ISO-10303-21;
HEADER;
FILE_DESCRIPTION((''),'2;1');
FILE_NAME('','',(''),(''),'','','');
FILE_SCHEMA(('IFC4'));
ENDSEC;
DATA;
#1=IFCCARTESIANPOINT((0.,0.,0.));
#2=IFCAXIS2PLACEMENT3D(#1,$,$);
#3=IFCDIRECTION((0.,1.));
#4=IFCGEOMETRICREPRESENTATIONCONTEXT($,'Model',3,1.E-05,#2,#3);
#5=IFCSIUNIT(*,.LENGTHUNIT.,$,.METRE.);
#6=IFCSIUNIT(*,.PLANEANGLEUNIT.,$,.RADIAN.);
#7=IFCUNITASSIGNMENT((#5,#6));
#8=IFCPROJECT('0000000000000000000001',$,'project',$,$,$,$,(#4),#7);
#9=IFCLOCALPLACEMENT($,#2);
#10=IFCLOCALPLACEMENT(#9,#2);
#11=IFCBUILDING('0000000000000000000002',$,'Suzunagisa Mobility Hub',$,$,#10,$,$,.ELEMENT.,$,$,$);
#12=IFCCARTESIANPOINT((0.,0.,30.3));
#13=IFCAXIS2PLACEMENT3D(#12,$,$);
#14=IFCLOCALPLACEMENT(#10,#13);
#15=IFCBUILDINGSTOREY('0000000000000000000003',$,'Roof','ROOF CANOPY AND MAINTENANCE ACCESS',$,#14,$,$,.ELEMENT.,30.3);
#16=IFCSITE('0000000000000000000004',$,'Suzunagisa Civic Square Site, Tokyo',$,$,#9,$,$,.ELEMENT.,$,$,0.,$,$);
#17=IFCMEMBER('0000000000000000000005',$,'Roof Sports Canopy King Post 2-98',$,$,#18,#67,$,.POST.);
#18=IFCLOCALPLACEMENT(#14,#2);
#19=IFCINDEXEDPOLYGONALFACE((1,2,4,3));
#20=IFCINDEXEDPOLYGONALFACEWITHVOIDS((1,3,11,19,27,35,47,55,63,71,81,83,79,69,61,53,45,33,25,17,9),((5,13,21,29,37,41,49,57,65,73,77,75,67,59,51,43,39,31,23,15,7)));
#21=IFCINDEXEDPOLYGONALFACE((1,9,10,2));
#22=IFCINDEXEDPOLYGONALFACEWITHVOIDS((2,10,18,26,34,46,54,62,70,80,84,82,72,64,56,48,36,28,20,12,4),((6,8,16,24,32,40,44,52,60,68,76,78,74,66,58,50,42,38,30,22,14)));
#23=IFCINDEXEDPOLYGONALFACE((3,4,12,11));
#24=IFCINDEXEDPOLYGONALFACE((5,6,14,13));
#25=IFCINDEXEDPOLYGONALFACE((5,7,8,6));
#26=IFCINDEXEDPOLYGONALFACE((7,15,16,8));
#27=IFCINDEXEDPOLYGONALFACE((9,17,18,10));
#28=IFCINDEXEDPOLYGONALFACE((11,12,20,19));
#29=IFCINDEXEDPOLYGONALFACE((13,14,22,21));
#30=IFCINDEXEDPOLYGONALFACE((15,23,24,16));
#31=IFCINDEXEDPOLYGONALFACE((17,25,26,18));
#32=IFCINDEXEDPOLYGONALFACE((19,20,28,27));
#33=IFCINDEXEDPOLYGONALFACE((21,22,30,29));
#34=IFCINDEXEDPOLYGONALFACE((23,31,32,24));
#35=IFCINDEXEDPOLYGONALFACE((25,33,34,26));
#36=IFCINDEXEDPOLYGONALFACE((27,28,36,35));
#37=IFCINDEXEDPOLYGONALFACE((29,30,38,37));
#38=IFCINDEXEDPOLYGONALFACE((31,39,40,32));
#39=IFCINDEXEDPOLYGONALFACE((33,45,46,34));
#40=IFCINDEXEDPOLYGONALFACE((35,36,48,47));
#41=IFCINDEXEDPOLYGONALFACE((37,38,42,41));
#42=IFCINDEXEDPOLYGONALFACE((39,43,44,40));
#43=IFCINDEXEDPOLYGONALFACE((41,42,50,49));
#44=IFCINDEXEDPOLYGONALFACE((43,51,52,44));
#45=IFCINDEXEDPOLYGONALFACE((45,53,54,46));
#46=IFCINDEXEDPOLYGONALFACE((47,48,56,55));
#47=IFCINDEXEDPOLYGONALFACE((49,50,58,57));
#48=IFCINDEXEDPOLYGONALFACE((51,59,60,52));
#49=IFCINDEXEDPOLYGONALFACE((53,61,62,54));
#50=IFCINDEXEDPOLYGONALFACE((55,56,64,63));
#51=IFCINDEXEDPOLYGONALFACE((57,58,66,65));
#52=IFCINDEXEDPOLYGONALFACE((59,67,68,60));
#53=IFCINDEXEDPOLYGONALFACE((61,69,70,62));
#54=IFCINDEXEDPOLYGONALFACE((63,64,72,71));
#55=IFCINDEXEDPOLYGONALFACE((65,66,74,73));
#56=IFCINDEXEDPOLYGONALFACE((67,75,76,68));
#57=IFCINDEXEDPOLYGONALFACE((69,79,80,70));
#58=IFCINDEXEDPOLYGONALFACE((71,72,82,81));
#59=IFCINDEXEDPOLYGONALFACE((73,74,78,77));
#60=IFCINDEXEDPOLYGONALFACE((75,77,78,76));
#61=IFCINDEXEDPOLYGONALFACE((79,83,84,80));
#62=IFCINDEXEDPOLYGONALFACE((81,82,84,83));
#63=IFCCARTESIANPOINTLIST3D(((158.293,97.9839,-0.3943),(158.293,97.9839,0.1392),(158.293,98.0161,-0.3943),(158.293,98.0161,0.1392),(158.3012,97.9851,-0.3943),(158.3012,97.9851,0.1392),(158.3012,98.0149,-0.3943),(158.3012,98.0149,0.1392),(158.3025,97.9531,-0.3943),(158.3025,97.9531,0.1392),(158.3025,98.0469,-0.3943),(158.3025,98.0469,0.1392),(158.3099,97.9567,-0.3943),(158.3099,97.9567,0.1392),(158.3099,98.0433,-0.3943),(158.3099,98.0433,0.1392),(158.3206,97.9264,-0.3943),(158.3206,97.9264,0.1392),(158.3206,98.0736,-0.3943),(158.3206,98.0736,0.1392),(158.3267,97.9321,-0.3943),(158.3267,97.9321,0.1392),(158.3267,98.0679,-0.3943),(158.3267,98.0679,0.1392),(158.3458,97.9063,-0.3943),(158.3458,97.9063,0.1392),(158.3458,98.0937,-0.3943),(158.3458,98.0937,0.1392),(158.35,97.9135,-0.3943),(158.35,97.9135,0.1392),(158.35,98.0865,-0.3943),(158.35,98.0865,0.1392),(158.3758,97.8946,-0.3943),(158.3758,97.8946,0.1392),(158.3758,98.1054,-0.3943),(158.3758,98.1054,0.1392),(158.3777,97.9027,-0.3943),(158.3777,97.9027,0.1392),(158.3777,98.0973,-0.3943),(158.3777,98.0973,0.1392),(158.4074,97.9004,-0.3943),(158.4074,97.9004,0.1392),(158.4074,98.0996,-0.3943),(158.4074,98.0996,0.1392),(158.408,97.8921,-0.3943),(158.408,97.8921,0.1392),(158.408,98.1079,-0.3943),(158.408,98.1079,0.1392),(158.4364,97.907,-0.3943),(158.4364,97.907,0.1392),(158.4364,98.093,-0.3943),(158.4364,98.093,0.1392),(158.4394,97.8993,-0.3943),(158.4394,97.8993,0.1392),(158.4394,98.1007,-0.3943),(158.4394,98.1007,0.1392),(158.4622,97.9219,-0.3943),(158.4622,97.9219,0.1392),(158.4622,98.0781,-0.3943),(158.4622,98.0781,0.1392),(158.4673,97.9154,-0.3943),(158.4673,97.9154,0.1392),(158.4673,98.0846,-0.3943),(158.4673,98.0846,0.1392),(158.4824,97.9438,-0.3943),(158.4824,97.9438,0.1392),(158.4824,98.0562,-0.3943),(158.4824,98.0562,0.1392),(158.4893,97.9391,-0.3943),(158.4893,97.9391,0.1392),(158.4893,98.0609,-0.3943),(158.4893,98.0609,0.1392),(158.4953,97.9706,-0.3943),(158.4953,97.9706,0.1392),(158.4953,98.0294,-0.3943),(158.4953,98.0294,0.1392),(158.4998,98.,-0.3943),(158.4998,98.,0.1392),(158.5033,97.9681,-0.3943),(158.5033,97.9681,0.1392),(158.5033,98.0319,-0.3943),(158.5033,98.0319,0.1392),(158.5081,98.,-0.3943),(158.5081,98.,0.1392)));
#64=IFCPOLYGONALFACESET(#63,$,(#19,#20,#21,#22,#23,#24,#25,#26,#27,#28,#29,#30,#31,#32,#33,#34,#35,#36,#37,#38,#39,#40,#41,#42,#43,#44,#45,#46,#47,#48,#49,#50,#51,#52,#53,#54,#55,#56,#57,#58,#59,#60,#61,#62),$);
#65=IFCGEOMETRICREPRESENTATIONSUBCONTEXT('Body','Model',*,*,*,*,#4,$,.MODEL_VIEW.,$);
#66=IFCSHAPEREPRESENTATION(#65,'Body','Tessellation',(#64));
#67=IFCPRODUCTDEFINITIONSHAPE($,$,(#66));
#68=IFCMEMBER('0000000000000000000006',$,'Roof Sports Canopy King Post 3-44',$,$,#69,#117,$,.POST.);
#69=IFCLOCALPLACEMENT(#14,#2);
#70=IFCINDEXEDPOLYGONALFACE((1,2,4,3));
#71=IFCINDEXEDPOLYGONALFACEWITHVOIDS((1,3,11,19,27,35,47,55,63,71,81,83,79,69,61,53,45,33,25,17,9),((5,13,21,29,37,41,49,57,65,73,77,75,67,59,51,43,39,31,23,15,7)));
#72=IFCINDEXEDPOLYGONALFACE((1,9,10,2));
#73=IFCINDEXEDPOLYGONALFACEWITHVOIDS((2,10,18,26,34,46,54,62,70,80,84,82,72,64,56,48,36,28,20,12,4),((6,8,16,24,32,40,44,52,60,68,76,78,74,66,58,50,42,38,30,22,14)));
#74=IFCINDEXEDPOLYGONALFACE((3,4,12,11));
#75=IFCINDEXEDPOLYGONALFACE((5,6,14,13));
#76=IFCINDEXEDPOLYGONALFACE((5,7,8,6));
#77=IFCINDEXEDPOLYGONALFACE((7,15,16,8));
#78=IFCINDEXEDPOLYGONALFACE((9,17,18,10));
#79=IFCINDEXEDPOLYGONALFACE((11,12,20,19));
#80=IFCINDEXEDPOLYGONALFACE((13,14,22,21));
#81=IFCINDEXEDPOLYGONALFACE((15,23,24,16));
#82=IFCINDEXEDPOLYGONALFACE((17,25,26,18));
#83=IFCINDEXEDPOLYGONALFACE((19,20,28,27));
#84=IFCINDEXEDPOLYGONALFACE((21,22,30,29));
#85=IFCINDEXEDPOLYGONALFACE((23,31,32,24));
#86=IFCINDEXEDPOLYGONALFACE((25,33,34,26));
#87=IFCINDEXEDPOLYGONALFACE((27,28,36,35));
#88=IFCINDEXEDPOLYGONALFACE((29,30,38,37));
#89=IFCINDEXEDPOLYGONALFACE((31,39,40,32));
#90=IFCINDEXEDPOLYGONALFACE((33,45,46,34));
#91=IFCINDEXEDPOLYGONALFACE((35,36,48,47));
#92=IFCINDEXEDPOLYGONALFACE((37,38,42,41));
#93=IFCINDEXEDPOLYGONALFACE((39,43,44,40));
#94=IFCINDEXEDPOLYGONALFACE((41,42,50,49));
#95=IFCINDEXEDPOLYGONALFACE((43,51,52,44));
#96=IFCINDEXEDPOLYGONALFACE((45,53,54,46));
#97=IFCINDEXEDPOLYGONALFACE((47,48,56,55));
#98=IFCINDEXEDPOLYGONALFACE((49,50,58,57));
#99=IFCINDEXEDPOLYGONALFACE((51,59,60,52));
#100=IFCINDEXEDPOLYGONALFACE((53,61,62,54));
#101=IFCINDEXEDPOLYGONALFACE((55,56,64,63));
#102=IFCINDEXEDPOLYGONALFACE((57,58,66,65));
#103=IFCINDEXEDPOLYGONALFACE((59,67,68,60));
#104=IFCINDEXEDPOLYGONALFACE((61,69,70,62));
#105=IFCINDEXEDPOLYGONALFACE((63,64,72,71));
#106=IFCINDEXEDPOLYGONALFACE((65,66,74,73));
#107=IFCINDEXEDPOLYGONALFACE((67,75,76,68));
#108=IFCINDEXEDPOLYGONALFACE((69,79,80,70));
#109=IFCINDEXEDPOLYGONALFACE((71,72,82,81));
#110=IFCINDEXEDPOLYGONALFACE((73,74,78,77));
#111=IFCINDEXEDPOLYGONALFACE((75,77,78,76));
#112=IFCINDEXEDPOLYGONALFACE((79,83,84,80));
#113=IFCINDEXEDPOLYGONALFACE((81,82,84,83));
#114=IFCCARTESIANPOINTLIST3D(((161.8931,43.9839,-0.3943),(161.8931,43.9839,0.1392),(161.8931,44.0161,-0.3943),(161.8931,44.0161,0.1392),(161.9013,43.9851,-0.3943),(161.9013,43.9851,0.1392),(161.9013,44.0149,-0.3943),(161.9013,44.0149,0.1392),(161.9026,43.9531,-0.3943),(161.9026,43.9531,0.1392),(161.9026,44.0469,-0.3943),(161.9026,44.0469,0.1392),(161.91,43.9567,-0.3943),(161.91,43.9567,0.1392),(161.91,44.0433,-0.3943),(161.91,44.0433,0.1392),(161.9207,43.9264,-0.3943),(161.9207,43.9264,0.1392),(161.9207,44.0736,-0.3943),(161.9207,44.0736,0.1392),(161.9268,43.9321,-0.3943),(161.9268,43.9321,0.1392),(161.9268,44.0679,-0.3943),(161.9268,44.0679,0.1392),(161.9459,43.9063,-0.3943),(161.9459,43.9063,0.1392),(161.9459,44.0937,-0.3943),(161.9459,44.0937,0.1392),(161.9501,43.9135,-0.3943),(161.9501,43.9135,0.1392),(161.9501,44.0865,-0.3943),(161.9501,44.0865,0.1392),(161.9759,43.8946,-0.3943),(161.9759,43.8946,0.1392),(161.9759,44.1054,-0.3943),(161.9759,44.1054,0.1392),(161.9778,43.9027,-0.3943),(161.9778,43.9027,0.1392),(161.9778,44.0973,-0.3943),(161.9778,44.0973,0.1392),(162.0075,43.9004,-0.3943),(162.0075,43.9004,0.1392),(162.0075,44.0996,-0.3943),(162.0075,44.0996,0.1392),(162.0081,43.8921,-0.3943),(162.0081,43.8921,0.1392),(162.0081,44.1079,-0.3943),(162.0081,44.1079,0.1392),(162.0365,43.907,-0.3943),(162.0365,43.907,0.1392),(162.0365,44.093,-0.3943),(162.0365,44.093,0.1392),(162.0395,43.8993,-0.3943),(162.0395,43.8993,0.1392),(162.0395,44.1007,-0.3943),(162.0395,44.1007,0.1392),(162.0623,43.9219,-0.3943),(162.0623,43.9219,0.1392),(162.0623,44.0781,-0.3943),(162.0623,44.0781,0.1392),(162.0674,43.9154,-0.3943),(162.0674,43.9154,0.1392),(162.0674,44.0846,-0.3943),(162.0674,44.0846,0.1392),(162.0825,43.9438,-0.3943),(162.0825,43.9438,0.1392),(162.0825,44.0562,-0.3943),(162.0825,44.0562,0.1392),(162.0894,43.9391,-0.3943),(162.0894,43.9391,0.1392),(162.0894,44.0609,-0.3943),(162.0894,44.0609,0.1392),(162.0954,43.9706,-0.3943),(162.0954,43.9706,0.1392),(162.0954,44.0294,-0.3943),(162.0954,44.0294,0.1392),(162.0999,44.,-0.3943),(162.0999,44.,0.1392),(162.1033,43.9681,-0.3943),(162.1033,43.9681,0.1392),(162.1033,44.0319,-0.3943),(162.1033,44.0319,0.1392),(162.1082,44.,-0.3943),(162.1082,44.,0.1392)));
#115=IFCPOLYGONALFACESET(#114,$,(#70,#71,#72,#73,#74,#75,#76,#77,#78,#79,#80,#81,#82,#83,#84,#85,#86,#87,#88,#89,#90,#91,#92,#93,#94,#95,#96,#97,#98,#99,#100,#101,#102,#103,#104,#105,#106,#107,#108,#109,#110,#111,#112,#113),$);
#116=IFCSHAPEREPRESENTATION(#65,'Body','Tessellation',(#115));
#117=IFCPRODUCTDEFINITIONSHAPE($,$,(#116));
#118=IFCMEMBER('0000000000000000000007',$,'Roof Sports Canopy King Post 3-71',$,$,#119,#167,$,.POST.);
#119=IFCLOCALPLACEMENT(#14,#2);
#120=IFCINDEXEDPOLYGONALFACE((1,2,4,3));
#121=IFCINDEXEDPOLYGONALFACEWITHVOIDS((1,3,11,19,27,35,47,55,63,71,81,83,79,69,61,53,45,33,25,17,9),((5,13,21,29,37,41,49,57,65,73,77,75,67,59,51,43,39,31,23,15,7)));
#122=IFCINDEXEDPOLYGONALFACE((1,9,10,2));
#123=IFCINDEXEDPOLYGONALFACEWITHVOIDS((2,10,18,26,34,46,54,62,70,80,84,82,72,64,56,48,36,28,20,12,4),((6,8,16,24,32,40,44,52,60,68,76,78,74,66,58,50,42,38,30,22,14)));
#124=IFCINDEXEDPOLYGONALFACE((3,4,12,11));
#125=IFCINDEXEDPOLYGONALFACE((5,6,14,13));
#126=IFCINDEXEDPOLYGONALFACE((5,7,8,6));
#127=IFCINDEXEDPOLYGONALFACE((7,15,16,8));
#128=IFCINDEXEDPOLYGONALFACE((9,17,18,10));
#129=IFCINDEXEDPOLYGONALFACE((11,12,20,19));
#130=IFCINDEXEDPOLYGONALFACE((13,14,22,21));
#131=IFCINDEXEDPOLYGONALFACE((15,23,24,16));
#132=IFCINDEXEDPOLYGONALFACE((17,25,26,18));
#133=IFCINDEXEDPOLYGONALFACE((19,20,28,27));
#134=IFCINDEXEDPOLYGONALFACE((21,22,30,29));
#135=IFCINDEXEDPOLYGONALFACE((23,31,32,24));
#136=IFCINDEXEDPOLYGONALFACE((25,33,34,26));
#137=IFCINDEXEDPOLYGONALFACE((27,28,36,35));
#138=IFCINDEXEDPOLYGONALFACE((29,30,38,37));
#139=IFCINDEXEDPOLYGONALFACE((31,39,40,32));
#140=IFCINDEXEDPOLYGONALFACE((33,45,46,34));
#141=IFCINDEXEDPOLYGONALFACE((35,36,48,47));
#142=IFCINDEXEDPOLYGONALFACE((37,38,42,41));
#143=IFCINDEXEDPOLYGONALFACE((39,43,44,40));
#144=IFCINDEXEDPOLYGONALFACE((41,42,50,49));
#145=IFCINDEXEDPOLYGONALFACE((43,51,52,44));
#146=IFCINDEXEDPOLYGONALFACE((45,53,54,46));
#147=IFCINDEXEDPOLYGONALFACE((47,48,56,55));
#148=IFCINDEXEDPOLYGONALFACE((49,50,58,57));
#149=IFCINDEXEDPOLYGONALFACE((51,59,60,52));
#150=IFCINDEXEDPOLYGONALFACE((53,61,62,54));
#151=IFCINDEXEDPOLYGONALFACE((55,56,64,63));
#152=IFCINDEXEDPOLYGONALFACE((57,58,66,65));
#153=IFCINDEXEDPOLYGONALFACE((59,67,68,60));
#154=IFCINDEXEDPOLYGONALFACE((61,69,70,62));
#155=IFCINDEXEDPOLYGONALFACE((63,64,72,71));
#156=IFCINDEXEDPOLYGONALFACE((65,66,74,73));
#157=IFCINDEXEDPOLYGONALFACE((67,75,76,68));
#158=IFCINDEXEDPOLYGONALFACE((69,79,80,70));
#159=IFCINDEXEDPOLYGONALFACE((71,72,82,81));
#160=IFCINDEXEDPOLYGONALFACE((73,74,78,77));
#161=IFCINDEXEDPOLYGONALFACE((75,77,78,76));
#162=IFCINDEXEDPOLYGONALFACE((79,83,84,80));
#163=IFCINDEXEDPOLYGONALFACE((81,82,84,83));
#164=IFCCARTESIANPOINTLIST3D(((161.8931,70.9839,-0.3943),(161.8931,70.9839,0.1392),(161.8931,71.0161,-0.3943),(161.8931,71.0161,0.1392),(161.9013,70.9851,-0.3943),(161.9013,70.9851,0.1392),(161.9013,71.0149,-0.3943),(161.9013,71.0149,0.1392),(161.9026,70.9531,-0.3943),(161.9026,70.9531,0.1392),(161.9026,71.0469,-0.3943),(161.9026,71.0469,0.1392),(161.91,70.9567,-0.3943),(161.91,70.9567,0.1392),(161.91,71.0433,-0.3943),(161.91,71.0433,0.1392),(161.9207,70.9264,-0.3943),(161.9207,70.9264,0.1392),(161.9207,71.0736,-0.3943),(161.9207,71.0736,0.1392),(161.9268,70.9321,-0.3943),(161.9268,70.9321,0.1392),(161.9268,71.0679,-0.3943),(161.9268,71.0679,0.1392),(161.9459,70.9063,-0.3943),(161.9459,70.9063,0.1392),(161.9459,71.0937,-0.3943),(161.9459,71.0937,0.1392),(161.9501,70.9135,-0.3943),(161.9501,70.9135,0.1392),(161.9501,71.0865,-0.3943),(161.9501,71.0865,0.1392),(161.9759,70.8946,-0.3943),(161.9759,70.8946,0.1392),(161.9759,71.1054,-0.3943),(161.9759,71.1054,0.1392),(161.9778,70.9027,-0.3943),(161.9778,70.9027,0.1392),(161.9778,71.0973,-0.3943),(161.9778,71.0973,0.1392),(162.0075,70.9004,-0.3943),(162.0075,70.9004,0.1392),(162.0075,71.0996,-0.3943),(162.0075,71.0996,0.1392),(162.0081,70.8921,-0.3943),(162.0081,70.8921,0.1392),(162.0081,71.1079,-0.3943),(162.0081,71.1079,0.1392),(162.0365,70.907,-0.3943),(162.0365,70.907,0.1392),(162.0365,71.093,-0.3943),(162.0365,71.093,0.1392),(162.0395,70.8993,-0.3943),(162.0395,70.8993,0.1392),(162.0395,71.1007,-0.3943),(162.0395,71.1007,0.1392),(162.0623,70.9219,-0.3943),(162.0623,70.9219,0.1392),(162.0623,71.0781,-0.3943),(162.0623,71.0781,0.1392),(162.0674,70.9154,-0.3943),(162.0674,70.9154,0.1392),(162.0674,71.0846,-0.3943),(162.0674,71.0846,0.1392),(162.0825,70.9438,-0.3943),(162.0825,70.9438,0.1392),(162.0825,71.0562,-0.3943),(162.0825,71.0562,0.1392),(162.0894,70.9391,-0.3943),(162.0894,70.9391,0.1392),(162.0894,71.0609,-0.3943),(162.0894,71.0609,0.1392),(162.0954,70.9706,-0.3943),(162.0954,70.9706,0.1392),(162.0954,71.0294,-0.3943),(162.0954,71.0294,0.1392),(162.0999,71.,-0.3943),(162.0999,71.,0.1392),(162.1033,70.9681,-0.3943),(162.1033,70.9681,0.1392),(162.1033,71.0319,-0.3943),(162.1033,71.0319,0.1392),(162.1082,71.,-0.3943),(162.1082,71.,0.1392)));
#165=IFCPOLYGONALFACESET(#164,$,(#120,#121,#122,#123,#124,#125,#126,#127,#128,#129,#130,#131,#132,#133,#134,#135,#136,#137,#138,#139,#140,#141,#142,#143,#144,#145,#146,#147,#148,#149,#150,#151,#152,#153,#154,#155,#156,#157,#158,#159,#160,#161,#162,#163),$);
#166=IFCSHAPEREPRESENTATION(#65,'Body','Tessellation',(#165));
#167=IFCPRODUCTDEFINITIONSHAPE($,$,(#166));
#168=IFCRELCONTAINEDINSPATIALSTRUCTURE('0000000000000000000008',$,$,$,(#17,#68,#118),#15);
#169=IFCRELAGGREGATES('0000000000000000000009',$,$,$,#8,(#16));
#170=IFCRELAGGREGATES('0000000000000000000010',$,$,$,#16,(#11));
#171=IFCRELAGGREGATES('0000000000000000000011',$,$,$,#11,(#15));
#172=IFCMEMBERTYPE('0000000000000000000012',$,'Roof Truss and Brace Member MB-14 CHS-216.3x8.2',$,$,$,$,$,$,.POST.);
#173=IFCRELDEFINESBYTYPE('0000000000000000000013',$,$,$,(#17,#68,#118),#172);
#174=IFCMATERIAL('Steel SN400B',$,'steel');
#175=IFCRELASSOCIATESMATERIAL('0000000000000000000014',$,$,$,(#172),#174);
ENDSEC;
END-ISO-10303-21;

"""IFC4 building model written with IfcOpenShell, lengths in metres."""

from ifc_helpers import new_model, si_unit, direction, frame, origin, origin_2d, place, context, subcontext, project, spatial, hollow_circle, extrude, material, material_profile, profile_set, type_object, element, save


model = new_model("IFC4")

# Units and contexts
model_context = context("Model", 3, precision=1e-05, world=origin(), true_north=direction((0.0, 1.0)))
body_context = subcontext(model_context, "Body", "Model", "MODEL_VIEW")
ifc_project = project(units=[si_unit("LENGTHUNIT", "METRE"), si_unit("PLANEANGLEUNIT", "RADIAN")], contexts=[model_context])

# Site, building, storey
site_placement = place(None, origin())
site = spatial("IfcSite", under=ifc_project, at=site_placement, Name="Suzunagisa Civic Square Site, Tokyo", CompositionType="ELEMENT", RefElevation=0.0)
building_placement = place(site_placement, origin())
building = spatial("IfcBuilding", under=site, at=building_placement, Name="Suzunagisa Mobility Hub", CompositionType="ELEMENT")
storey_placement = place(building_placement, frame((0.0, 0.0, 30.3)))
storey = spatial("IfcBuildingStorey", under=building, at=storey_placement, Name="Roof", Description="ROOF CANOPY AND MAINTENANCE ACCESS", CompositionType="ELEMENT", Elevation=30.3)

# Members
ifc_material_1 = material(Name="Steel SN400B", Category="steel")
ifc_material_profile_1 = material_profile(ifc_material_1, hollow_circle(Radius=0.1082, WallThickness=0.0083, at=origin_2d()), Name="CHS-216.3x8.2")
ifc_profile_set_1 = profile_set([ifc_material_profile_1], Name="Steel SN400B")
member_type_1 = type_object("IfcMemberType", Name="Roof Truss and Brace Member MB-14 CHS-216.3x8.2", PredefinedType="POST", material=ifc_profile_set_1)
for number, where, z_axis, x_axis, name in (
    (1, (158.3999, 98.0, -0.3943), (0.0, 0.0, 1.0), (1.0, 0.0, 0.0), "Roof Sports Canopy King Post 2-98"),
    (2, (162.0, 44.0, -0.3943), (0.0, 0.0, 1.0), (1.0, 0.0, 0.0), "Roof Sports Canopy King Post 3-44"),
    (3, (162.0, 71.0, -0.3943), (0.0, 0.0, 1.0), (1.0, 0.0, 0.0), "Roof Sports Canopy King Post 3-71"),
):
    element("IfcMember", number, at=place(storey_placement, frame(where, z_axis=z_axis, x_axis=x_axis)), inside=storey, type_object=member_type_1, Name=name, PredefinedType="POST", context=body_context, shape_type="SweptSolid", body=[
        extrude(hollow_circle(Radius=0.1082, WallThickness=0.0083, at=origin_2d()), origin(), (0.0, 0.0, 1.0), 0.5334),
    ])

save(model, "model.ifc")
